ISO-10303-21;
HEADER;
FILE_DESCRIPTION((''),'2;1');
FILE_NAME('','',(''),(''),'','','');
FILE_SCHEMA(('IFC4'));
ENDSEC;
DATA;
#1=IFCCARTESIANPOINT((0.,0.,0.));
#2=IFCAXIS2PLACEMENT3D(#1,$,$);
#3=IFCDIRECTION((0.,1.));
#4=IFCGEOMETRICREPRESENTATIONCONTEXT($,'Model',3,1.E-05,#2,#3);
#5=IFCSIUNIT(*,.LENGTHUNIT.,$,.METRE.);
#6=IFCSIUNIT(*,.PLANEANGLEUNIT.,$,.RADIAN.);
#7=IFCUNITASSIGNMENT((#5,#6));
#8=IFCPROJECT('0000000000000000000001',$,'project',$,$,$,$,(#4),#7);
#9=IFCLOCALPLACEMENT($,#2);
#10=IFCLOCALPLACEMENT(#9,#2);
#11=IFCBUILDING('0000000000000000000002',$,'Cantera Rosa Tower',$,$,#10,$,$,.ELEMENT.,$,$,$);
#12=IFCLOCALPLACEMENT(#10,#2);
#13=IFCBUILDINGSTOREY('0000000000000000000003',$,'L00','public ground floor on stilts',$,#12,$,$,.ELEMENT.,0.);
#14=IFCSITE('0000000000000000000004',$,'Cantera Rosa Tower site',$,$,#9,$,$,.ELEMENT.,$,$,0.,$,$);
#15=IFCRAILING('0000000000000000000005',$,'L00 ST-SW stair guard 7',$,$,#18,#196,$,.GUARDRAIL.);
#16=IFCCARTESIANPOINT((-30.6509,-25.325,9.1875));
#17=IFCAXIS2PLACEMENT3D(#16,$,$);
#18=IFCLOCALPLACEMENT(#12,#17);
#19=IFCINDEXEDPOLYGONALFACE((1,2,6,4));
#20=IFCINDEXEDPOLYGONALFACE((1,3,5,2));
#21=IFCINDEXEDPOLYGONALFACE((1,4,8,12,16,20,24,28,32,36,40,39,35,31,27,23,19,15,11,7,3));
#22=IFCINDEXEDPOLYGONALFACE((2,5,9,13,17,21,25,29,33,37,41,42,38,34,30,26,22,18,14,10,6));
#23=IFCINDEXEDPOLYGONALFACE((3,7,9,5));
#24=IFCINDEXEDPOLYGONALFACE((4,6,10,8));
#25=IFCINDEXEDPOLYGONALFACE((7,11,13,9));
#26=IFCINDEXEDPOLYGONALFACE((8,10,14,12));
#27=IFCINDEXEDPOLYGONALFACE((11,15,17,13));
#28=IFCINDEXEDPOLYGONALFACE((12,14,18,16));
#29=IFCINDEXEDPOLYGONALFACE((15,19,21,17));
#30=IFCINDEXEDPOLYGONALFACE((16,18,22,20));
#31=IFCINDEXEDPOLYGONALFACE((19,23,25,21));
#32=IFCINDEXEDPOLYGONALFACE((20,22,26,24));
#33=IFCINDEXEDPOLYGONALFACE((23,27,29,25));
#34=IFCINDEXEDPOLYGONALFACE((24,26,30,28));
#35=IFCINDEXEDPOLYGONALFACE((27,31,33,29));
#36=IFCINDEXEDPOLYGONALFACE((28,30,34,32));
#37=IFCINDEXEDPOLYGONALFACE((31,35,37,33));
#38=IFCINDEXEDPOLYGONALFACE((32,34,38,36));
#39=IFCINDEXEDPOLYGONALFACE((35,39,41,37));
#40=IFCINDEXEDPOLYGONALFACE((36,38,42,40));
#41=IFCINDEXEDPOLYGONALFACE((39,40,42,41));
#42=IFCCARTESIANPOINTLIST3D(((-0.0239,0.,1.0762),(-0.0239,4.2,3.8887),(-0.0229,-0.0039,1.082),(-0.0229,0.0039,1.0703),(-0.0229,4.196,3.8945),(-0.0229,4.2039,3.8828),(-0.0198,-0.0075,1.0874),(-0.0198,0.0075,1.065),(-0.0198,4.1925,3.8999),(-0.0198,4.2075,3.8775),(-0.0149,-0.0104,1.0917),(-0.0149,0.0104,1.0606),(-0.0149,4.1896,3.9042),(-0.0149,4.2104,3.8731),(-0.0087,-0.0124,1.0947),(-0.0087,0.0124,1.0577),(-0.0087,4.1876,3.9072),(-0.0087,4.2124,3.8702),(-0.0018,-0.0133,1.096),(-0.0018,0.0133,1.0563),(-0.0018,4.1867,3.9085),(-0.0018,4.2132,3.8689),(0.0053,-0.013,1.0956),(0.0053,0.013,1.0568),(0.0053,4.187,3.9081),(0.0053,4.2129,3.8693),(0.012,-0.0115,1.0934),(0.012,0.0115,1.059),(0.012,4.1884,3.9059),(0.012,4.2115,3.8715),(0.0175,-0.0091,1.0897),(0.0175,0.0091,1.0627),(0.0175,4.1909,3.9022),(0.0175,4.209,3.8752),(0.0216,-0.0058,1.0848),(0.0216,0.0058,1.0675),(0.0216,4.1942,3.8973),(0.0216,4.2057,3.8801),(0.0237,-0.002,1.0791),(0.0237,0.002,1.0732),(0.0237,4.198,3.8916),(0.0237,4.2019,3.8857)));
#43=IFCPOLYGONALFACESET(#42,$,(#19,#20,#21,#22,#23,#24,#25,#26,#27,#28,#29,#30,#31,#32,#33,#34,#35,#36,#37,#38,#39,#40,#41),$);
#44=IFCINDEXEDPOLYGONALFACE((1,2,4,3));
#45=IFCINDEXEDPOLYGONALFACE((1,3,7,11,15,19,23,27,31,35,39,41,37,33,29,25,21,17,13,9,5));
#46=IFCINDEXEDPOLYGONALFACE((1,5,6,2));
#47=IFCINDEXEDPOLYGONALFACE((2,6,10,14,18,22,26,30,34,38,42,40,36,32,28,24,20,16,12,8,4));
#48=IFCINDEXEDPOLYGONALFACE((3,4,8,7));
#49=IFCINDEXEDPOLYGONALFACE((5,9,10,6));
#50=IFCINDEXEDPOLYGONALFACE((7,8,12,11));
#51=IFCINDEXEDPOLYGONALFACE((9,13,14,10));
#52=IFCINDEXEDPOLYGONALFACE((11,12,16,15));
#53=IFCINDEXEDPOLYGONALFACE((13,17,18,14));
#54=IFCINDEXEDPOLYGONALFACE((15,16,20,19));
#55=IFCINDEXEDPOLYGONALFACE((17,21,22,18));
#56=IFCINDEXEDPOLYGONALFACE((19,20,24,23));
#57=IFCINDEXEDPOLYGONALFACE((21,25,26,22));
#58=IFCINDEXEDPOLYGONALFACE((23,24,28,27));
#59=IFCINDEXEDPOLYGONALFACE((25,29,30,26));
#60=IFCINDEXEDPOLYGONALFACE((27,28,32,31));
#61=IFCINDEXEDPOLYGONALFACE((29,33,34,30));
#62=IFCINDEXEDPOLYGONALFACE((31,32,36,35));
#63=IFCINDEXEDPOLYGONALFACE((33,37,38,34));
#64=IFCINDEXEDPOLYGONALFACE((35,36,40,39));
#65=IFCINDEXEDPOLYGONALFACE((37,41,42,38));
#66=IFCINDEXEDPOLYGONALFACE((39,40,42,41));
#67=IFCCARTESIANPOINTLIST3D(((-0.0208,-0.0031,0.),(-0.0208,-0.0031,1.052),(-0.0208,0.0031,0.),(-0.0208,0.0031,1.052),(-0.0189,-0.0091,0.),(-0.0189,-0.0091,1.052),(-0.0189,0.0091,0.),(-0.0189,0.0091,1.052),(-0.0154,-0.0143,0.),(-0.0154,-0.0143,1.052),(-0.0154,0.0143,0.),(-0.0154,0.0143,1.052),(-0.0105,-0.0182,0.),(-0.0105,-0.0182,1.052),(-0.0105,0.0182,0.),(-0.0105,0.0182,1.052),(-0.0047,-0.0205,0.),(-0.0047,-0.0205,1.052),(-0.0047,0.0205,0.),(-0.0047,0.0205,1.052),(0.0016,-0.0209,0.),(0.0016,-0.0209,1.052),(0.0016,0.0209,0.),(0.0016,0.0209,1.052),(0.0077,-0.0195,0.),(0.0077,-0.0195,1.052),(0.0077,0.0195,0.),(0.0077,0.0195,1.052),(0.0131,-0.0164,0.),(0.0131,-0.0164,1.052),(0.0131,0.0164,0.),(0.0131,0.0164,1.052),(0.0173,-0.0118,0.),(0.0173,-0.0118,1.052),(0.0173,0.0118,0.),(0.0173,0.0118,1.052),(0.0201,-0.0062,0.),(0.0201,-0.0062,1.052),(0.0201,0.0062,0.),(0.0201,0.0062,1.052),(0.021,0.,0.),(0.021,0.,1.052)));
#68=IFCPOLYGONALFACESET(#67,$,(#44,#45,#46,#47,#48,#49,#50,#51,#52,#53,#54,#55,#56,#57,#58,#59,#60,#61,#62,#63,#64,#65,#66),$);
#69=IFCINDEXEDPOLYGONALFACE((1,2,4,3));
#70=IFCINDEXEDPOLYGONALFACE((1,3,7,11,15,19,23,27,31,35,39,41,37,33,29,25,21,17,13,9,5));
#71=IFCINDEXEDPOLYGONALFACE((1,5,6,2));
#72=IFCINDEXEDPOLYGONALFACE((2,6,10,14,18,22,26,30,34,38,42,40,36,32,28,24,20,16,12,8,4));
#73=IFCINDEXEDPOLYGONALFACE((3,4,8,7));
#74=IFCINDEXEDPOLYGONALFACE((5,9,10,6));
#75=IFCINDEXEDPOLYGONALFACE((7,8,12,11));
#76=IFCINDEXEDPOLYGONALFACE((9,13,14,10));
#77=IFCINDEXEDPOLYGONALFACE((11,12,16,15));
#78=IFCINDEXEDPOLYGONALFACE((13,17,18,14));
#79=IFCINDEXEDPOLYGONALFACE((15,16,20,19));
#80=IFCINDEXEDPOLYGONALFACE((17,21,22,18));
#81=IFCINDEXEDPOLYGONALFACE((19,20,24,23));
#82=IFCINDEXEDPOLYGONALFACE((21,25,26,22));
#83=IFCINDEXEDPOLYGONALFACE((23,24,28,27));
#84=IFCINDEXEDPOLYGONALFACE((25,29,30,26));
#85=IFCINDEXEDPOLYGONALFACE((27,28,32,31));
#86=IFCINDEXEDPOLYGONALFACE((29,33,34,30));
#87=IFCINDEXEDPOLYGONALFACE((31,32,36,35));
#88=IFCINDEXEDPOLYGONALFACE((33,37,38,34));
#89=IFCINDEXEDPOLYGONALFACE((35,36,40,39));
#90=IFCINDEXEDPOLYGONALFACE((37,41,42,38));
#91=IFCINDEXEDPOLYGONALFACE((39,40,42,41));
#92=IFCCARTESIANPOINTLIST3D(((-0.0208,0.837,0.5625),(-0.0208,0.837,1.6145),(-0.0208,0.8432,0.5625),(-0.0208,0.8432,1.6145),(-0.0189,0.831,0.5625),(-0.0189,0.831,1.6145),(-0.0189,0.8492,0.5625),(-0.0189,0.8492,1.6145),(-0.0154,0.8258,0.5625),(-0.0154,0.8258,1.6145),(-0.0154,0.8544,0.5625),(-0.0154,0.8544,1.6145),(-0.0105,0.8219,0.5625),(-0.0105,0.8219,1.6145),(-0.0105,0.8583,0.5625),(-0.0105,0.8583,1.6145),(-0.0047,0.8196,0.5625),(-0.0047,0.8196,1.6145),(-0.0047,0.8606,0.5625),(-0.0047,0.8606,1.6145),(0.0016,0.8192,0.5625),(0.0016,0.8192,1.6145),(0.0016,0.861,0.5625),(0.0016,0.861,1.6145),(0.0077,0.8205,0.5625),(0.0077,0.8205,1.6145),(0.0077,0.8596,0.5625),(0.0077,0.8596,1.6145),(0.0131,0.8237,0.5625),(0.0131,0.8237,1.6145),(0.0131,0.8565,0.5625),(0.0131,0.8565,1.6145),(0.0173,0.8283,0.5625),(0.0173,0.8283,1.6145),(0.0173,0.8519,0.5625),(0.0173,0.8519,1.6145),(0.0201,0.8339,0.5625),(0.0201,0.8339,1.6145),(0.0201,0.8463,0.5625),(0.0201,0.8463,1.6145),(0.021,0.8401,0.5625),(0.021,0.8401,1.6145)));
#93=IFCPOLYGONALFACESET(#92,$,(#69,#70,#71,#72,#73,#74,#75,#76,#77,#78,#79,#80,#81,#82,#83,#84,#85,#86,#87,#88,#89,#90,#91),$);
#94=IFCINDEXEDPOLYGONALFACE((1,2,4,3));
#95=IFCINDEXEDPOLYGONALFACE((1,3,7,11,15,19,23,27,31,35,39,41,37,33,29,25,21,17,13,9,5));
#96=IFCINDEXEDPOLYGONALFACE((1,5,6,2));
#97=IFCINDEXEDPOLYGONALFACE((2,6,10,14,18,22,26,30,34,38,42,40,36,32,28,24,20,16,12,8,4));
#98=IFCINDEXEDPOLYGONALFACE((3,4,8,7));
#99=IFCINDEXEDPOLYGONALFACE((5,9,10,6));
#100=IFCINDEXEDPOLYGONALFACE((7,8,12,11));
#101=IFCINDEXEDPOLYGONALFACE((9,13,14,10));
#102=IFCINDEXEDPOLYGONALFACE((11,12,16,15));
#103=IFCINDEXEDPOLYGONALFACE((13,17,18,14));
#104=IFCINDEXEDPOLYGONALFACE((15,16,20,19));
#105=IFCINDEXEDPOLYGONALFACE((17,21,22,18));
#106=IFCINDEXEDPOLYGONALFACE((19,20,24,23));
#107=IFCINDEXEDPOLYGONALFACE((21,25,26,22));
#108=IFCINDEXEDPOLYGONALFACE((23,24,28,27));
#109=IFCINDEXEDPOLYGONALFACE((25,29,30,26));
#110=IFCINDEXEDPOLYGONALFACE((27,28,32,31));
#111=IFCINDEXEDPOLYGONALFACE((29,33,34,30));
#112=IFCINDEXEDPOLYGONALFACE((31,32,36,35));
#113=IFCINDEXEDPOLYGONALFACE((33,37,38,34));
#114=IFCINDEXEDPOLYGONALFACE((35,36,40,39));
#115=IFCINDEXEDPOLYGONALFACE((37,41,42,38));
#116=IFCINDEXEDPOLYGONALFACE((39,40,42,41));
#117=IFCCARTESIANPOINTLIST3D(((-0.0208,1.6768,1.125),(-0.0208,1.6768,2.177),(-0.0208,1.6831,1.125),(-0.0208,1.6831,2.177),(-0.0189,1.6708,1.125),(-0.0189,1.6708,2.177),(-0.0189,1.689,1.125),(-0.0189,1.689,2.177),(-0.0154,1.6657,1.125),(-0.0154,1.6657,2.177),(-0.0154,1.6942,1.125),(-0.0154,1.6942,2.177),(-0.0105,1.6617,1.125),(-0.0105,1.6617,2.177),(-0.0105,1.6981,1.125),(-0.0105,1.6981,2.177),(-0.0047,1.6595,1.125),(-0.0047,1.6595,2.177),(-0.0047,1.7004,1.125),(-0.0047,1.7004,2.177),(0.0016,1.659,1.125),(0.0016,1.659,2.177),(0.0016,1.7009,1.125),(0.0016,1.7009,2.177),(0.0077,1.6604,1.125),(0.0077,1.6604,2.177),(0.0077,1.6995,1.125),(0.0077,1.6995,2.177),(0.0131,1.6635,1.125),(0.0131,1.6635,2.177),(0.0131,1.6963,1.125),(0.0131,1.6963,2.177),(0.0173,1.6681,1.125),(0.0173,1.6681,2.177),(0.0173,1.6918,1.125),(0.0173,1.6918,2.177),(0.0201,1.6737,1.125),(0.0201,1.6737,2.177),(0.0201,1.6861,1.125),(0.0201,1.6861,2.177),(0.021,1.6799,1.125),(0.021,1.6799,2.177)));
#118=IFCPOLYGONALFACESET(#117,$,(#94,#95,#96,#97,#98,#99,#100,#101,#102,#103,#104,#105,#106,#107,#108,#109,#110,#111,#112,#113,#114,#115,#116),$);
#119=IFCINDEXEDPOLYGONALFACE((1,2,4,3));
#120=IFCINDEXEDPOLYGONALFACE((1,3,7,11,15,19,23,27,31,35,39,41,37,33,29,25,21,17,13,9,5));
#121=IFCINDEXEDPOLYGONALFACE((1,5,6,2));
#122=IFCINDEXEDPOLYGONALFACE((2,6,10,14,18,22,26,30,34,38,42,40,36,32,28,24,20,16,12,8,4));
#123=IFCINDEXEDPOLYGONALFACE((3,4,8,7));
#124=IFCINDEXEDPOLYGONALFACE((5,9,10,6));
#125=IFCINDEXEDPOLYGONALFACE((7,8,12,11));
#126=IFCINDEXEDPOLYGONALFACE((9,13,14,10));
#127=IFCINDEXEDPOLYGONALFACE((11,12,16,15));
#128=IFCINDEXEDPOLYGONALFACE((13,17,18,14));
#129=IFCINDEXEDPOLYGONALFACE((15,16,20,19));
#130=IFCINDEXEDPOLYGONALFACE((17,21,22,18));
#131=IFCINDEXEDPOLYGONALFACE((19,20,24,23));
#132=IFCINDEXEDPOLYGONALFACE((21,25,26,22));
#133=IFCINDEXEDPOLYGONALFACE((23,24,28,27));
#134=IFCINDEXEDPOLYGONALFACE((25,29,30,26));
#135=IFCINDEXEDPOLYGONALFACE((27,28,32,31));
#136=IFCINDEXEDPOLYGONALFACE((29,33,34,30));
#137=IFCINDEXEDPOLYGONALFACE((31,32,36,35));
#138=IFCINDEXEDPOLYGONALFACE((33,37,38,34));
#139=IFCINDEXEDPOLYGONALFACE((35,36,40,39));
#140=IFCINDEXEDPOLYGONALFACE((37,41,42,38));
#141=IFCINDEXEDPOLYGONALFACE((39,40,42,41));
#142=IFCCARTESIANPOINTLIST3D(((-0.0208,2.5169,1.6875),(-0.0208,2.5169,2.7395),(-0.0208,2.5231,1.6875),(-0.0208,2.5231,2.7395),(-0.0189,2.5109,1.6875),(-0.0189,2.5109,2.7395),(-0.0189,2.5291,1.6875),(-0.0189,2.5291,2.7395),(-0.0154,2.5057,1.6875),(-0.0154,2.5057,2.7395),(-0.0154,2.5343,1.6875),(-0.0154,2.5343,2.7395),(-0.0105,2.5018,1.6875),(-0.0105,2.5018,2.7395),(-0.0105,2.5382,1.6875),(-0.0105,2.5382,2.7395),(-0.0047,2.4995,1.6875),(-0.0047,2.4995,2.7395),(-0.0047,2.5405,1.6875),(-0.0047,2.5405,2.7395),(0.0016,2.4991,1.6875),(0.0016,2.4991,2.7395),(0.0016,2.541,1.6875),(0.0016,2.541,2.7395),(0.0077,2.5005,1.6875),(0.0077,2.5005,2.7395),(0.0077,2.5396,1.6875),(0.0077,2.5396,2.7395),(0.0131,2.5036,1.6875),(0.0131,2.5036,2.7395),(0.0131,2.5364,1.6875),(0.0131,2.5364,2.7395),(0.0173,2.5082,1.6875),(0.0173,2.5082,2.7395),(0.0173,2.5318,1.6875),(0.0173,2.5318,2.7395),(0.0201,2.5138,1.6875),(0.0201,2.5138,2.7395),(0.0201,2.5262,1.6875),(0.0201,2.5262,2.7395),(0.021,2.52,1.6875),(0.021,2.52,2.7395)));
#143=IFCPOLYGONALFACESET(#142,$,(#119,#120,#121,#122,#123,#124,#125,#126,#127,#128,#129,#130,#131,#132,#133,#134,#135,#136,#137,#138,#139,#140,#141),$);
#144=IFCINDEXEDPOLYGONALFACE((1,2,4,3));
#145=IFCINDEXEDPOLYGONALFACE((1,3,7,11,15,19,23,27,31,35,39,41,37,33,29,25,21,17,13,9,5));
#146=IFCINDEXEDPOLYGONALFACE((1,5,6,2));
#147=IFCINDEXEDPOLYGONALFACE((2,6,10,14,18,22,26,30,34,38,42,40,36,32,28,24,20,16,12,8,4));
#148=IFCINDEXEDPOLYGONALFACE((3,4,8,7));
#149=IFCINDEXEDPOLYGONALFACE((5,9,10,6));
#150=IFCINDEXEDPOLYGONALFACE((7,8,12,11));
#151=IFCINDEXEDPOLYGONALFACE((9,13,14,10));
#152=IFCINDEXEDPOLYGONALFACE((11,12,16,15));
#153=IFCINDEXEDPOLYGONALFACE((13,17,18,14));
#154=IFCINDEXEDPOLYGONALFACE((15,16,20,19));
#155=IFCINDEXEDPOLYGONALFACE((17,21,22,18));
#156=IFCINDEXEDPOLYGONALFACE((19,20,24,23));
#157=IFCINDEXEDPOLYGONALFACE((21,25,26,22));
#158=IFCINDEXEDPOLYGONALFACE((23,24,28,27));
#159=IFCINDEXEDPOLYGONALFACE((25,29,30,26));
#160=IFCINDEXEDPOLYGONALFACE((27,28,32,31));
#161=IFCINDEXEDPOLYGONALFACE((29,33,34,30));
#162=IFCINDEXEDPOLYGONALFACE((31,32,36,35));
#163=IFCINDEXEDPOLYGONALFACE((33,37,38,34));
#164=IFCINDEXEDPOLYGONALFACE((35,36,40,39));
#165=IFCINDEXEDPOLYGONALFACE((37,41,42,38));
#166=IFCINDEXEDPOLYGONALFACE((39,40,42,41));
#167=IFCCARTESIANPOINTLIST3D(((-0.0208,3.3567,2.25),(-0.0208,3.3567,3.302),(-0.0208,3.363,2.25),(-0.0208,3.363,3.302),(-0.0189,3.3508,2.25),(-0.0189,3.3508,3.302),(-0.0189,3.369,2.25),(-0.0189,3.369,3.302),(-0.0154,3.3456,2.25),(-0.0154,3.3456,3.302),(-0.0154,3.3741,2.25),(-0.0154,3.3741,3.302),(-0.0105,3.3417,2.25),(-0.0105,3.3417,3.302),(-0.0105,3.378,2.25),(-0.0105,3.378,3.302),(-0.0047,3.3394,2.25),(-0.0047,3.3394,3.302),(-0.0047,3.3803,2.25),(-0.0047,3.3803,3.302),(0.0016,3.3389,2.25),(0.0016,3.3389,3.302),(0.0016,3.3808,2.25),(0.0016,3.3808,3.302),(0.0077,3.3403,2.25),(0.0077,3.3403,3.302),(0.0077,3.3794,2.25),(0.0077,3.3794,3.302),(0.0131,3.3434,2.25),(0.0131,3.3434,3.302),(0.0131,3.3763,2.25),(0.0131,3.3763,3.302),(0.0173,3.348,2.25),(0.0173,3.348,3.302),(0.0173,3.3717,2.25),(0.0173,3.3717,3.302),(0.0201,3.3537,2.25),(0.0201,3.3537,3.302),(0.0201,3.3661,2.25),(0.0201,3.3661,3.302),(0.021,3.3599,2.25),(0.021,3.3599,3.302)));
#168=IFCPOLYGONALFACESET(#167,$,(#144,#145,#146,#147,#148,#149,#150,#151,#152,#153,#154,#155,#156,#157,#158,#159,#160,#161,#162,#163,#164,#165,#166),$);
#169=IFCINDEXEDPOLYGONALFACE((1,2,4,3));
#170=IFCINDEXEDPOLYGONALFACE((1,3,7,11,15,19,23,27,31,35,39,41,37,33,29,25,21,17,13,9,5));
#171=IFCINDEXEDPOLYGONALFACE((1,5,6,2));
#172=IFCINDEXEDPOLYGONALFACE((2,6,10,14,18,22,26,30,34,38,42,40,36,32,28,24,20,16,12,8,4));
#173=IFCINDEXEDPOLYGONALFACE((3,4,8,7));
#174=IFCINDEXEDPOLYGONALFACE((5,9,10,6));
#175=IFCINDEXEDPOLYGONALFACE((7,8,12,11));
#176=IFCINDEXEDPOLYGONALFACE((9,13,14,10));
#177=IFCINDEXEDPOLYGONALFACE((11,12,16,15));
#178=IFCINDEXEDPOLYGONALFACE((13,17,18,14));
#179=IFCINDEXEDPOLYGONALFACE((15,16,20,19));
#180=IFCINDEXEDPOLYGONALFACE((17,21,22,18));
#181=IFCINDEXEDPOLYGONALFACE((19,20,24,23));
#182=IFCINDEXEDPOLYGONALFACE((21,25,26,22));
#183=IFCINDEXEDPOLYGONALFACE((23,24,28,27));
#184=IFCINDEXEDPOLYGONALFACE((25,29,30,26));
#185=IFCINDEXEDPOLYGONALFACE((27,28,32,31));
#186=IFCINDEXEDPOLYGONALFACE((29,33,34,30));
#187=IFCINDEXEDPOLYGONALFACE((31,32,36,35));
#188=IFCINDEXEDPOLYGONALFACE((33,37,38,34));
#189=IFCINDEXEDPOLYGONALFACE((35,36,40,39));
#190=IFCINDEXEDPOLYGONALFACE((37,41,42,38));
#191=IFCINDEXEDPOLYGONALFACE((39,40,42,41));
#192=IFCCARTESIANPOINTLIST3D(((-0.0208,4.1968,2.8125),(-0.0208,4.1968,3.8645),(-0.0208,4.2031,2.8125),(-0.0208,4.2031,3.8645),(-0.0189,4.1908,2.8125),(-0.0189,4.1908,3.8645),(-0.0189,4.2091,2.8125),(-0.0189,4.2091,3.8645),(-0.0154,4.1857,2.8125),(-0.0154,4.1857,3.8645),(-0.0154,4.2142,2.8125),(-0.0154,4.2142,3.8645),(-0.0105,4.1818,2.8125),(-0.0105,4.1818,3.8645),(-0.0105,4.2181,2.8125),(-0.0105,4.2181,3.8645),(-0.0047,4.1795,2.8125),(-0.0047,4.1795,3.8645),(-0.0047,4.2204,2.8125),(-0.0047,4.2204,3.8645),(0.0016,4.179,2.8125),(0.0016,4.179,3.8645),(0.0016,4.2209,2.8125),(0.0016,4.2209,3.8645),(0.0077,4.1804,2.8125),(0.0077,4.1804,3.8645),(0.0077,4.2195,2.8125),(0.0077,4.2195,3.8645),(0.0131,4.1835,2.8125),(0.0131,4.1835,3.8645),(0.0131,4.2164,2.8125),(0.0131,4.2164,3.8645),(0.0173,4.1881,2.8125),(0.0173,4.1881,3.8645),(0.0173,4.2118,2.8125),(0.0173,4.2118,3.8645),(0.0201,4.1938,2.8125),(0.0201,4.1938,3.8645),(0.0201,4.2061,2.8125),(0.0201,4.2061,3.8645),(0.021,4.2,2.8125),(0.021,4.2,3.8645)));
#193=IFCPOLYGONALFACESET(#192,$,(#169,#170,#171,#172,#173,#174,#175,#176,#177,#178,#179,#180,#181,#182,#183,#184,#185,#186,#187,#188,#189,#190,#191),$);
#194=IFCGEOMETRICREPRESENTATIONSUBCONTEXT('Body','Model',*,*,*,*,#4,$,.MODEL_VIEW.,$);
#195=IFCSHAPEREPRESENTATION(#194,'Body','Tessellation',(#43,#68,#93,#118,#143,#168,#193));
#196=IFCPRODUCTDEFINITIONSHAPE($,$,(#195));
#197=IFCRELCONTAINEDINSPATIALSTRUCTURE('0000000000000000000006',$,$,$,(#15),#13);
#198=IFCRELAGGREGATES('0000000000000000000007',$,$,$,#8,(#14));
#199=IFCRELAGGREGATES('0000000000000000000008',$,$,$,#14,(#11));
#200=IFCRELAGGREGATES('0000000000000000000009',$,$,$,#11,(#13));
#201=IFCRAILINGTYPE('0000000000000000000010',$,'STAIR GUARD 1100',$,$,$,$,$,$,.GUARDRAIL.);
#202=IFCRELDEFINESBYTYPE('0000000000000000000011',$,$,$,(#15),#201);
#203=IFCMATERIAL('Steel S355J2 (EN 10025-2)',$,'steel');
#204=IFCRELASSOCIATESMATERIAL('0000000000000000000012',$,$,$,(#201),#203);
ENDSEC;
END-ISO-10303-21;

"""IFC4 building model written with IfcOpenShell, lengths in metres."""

from ifc_helpers import new_model, si_unit, direction, frame, origin, origin_2d, place, context, subcontext, project, spatial, circle, extrude, material, type_object, element, save


model = new_model("IFC4")

# Units and contexts
model_context = context("Model", 3, precision=1e-05, world=origin(), true_north=direction((0.0, 1.0)))
body_context = subcontext(model_context, "Body", "Model", "MODEL_VIEW")
ifc_project = project(units=[si_unit("LENGTHUNIT", "METRE"), si_unit("PLANEANGLEUNIT", "RADIAN")], contexts=[model_context])

# Site, building, storey
site_placement = place(None, origin())
site = spatial("IfcSite", under=ifc_project, at=site_placement, Name="Cantera Rosa Tower site", CompositionType="ELEMENT", RefElevation=0.0)
building_placement = place(site_placement, origin())
building = spatial("IfcBuilding", under=site, at=building_placement, Name="Cantera Rosa Tower", CompositionType="ELEMENT")
storey_placement = place(building_placement, origin())
storey = spatial("IfcBuildingStorey", under=building, at=storey_placement, Name="L00", Description="public ground floor on stilts", CompositionType="ELEMENT", Elevation=0.0)

# Railing
ifc_material_1 = material(Name="Steel S355J2 (EN 10025-2)", Category="steel")
railing_type_1 = type_object("IfcRailingType", Name="STAIR GUARD 1100", PredefinedType="GUARDRAIL", material=ifc_material_1)
railing_1_placement = place(storey_placement, frame((-30.6509, -25.325, 9.1875)))
element("IfcRailing", 1, at=railing_1_placement, inside=storey, type_object=railing_type_1, Name="L00 ST-SW stair guard 7", PredefinedType="GUARDRAIL", context=body_context, shape_type="SweptSolid", body=[
    extrude(circle(Radius=0.0239, at=origin_2d()), frame((0.0, 0.0, 1.0762), z_axis=(0.0, 0.830904, 0.556416), x_axis=(-1.0, 0.0, 0.0)), (0.0, 0.0, 1.0), 5.0547),
    extrude(circle(Radius=0.021, at=origin_2d()), origin(), (0.0, 0.0, 1.0), 1.052),
    extrude(circle(Radius=0.021, at=origin_2d()), frame((0.0, 0.8401, 0.5625)), (0.0, 0.0, 1.0), 1.052),
    extrude(circle(Radius=0.021, at=origin_2d()), frame((0.0, 1.6799, 1.125)), (0.0, 0.0, 1.0), 1.052),
    extrude(circle(Radius=0.021, at=origin_2d()), frame((0.0, 2.52, 1.6875)), (0.0, 0.0, 1.0), 1.052),
    extrude(circle(Radius=0.021, at=origin_2d()), frame((0.0, 3.3599, 2.25)), (0.0, 0.0, 1.0), 1.052),
    extrude(circle(Radius=0.021, at=origin_2d()), frame((0.0, 4.2, 2.8125)), (0.0, 0.0, 1.0), 1.052),
])

save(model, "model.ifc")
